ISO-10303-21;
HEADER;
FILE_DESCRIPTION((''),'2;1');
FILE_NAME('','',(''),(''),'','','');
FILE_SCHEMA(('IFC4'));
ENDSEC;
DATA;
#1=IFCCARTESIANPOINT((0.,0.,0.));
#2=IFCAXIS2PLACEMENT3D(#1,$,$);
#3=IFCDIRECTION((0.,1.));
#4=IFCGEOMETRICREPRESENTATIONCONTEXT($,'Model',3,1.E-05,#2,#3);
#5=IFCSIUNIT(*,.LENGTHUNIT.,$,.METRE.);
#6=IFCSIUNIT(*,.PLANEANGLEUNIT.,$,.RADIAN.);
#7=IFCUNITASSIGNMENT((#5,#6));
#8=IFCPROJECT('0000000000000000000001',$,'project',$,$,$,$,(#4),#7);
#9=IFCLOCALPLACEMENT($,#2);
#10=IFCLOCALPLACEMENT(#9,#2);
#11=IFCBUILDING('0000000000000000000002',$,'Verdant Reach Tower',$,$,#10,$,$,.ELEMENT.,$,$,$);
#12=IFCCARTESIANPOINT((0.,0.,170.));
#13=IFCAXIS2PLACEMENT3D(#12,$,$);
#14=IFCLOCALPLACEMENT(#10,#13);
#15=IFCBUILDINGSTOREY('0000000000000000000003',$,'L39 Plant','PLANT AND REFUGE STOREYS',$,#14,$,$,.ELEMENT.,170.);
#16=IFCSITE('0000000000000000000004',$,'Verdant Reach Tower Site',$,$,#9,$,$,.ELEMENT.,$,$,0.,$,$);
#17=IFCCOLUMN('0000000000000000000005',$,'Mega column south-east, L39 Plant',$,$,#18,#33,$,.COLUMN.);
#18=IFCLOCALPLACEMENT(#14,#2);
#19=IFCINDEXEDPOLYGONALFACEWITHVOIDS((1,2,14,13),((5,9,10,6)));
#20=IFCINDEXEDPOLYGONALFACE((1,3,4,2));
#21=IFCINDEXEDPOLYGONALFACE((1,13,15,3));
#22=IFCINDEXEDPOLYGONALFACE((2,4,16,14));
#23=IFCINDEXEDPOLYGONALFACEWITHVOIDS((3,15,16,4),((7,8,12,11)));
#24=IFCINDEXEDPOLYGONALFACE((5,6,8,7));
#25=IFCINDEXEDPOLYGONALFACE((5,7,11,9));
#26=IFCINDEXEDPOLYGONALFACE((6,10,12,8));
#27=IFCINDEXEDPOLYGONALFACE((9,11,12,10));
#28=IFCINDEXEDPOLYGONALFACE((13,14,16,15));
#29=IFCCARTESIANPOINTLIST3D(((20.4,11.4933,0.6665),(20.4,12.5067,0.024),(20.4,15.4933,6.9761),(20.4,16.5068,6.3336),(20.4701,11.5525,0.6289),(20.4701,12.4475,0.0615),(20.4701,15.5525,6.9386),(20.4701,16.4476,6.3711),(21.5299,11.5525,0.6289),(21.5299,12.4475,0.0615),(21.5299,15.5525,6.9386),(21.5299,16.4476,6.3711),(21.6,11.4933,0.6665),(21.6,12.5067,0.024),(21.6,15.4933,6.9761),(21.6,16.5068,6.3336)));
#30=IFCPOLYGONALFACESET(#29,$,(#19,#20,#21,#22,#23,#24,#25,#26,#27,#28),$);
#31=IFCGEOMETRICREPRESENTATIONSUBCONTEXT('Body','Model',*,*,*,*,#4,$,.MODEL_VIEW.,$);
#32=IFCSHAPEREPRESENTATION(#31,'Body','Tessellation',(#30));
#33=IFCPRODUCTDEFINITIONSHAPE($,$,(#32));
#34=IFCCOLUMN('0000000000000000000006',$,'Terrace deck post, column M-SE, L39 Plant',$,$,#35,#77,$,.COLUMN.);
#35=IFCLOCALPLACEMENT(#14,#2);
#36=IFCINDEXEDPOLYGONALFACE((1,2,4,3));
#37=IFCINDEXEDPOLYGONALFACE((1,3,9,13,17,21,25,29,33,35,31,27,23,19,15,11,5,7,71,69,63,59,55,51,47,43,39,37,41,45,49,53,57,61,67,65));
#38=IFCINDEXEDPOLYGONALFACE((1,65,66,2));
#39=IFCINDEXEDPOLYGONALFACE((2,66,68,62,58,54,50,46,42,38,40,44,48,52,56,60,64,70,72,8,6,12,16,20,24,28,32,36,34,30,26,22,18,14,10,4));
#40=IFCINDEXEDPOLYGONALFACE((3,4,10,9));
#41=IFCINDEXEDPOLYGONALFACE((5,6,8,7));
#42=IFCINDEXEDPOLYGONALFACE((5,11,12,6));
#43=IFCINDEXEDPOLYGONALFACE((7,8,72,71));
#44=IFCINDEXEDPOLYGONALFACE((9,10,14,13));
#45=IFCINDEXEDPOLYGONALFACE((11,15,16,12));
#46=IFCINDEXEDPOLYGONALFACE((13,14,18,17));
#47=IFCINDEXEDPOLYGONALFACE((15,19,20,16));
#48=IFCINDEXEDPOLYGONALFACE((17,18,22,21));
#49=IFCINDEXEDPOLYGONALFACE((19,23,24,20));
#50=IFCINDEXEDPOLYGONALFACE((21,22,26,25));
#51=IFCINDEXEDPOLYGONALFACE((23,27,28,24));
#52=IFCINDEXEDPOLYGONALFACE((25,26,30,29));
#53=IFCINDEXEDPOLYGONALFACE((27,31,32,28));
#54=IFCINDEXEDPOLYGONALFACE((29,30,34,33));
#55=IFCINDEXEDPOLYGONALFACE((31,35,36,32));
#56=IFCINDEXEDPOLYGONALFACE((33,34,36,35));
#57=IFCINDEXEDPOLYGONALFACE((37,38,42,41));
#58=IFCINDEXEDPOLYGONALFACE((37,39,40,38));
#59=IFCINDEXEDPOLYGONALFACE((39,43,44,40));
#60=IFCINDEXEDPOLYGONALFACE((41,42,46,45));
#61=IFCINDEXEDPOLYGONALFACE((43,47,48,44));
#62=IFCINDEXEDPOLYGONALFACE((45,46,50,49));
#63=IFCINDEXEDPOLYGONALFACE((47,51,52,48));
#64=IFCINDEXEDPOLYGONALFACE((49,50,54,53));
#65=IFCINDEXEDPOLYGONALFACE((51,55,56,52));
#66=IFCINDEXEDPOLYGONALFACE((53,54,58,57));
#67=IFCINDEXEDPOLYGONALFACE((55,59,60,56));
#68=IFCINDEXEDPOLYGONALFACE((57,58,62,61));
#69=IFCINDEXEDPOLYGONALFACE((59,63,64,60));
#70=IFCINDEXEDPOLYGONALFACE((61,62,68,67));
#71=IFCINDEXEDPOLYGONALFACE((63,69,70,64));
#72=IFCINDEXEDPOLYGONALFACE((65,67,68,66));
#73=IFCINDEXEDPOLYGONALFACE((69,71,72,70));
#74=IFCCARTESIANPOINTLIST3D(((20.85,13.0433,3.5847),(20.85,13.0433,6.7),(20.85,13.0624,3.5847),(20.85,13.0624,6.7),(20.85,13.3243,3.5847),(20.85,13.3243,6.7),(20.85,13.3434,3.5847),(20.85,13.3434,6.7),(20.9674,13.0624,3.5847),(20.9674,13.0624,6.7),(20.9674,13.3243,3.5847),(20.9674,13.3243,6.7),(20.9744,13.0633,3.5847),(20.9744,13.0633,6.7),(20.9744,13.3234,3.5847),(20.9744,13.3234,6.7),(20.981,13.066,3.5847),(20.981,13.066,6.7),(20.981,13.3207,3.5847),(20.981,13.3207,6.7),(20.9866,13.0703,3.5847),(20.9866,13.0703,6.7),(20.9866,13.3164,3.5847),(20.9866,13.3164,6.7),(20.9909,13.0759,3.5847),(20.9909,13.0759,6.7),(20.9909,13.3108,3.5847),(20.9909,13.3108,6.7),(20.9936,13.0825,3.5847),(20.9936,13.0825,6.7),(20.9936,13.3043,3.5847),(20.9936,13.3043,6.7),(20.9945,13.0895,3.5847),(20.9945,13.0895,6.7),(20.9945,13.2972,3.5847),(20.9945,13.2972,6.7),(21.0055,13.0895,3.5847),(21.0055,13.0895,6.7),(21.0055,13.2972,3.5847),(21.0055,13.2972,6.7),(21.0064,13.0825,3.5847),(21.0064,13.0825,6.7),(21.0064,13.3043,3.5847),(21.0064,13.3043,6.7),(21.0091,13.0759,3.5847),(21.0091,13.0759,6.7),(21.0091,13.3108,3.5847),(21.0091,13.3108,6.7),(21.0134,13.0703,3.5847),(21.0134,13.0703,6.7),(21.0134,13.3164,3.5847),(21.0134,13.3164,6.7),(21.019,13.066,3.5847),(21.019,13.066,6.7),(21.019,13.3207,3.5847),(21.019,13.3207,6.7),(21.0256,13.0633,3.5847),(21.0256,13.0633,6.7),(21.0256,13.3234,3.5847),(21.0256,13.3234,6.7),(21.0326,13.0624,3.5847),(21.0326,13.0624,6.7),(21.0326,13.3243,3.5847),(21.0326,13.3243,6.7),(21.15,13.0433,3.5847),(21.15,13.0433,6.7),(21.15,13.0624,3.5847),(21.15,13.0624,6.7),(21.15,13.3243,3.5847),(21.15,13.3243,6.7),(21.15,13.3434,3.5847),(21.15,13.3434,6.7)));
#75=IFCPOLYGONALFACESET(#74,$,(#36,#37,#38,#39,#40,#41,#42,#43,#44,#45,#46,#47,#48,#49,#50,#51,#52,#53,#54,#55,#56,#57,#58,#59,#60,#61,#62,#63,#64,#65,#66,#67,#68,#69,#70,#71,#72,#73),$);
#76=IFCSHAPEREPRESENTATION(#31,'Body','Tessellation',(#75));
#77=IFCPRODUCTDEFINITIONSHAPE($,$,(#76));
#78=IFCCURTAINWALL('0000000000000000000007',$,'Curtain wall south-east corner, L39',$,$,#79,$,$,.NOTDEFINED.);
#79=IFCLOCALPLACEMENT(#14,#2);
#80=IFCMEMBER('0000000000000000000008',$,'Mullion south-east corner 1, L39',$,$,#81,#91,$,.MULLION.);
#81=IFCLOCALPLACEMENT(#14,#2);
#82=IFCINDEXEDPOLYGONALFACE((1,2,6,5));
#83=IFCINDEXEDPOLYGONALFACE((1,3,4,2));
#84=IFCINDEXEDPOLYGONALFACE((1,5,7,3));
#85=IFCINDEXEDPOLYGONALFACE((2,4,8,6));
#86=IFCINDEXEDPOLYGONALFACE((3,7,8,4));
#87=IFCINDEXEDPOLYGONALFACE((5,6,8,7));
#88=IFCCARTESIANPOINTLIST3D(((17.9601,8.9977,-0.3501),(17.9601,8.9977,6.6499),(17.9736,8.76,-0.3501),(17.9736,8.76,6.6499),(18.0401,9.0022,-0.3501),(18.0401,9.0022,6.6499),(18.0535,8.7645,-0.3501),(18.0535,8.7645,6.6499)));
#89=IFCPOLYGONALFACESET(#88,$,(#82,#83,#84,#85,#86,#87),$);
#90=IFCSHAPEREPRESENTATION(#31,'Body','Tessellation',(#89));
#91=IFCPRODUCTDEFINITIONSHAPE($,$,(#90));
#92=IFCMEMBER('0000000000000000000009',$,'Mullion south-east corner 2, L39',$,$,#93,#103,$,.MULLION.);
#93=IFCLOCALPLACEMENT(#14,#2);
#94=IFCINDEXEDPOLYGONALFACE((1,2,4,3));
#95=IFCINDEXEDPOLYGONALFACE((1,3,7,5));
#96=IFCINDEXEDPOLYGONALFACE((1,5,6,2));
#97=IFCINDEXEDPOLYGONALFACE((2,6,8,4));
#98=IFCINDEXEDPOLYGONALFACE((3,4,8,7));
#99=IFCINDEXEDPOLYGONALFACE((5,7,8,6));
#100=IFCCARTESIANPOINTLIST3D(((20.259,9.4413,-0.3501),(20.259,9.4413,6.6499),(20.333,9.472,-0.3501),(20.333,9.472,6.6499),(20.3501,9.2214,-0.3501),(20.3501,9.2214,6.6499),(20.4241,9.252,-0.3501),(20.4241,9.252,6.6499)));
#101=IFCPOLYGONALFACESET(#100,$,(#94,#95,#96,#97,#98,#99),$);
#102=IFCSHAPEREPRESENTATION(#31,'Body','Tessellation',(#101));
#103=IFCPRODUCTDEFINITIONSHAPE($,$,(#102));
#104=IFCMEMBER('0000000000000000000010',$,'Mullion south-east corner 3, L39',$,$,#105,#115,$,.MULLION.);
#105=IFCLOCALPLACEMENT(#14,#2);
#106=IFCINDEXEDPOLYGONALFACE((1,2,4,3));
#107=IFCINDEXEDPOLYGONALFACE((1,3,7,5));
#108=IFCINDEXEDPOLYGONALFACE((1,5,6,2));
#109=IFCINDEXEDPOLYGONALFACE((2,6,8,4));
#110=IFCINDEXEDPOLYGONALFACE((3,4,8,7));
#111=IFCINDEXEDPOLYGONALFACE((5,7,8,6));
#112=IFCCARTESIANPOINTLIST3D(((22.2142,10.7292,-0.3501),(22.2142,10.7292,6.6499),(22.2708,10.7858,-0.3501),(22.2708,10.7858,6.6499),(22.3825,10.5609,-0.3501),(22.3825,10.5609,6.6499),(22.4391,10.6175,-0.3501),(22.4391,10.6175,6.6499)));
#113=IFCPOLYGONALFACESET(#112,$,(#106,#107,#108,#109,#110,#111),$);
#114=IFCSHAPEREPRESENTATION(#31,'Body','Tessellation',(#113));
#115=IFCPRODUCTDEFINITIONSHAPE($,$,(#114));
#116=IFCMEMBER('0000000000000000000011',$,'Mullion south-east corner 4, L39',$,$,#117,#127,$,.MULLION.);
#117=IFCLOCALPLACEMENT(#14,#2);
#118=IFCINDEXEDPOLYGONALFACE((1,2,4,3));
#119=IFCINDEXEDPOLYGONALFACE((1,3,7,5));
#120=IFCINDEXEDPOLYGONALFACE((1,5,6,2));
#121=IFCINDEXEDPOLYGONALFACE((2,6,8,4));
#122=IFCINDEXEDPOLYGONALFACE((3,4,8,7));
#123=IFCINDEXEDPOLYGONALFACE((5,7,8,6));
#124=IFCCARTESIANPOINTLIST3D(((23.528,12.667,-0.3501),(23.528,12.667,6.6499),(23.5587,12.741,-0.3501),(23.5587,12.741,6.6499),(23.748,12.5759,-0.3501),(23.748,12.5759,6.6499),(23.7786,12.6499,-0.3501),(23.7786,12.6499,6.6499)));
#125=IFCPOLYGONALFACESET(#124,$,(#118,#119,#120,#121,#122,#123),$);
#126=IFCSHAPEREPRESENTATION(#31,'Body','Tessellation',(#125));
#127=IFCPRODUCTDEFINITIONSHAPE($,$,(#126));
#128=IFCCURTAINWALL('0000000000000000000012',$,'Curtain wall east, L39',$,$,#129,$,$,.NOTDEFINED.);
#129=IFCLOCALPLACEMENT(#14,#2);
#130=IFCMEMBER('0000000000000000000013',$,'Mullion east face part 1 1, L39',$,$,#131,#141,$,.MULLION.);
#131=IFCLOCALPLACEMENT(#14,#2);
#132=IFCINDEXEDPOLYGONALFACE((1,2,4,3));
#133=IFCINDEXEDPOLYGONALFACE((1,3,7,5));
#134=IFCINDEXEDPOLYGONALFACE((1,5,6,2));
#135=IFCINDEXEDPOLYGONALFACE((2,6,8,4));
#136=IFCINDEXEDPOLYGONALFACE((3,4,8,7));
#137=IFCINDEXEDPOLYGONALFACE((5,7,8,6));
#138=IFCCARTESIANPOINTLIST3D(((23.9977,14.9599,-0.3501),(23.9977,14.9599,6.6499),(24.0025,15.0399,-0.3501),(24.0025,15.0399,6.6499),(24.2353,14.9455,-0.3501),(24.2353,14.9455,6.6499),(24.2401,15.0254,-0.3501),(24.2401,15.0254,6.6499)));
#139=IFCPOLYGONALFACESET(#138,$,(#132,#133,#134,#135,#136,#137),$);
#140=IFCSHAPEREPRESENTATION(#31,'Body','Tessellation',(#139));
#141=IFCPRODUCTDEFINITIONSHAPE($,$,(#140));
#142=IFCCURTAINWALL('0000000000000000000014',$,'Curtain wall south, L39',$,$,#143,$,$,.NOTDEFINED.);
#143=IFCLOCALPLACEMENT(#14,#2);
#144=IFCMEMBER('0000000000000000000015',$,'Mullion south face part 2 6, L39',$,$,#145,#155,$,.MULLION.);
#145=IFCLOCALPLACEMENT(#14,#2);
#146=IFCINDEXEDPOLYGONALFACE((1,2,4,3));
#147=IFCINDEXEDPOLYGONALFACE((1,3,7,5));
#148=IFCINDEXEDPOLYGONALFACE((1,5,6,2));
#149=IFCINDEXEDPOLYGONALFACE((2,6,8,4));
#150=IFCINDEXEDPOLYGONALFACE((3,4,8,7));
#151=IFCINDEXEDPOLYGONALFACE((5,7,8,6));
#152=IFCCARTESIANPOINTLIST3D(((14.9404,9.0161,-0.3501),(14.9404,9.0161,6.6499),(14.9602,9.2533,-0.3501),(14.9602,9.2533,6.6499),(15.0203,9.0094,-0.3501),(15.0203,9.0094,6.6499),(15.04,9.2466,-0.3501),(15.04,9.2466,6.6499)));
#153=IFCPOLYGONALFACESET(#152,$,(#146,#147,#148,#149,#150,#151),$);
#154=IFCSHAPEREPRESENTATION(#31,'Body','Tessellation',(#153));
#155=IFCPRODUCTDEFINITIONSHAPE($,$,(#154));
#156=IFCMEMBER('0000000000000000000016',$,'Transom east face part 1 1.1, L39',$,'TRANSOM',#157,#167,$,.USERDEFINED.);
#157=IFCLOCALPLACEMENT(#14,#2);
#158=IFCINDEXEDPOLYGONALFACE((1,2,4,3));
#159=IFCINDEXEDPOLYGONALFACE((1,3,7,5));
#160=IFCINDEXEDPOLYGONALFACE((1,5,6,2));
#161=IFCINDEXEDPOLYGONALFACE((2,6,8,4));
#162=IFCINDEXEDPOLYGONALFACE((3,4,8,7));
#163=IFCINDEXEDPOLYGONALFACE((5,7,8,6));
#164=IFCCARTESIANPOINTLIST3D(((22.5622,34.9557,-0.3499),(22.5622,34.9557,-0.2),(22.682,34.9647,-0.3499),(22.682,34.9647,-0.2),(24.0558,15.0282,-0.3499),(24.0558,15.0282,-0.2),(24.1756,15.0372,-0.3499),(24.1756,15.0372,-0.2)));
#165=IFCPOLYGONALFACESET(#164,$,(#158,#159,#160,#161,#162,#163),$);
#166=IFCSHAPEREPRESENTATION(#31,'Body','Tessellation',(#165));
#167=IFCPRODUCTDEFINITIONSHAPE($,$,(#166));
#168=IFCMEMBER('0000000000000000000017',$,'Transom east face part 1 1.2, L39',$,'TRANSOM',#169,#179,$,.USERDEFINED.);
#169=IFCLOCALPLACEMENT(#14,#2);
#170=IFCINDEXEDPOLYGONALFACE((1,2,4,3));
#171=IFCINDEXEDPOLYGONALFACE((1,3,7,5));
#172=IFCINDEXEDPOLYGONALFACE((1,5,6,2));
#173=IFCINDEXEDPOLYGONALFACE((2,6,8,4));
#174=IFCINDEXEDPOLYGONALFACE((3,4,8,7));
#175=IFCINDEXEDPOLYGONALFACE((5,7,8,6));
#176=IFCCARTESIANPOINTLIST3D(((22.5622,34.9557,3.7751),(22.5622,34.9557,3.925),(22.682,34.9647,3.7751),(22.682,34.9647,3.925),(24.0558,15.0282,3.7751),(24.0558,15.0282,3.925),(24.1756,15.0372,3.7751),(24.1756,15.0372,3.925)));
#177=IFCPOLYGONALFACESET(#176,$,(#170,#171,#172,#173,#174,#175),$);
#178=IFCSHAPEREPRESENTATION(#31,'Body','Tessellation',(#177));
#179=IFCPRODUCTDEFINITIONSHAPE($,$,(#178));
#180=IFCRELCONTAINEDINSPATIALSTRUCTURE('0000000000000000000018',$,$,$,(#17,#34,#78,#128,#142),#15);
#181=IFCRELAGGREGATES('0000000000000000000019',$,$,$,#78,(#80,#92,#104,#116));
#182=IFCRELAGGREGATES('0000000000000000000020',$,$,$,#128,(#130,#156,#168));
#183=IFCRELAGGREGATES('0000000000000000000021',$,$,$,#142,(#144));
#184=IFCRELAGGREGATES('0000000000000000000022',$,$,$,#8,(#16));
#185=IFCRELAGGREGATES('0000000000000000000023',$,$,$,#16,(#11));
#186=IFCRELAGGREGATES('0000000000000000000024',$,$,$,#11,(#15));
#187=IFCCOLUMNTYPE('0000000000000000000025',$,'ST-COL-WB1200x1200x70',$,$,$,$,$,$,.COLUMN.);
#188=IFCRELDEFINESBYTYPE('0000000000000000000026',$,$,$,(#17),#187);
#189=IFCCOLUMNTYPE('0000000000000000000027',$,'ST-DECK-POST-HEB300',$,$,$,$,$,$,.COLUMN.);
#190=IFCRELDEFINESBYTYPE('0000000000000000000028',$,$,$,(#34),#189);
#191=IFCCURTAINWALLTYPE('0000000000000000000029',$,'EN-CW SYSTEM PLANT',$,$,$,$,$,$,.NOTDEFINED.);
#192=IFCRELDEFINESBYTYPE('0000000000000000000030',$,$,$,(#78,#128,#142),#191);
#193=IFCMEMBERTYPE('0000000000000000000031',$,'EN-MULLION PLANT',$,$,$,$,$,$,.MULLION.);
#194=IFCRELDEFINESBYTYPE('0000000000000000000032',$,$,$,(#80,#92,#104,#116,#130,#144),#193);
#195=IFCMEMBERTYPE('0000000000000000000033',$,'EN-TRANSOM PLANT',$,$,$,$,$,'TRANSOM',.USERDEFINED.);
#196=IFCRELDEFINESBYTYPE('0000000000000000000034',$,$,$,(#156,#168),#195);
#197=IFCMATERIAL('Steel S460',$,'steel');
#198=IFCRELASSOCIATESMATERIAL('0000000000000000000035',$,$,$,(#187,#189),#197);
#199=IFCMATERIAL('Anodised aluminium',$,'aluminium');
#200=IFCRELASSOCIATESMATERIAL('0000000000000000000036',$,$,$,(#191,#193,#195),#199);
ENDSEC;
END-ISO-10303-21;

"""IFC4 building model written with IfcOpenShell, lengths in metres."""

from ifc_helpers import new_model, si_unit, direction, frame, origin, origin_2d, place, context, subcontext, project, spatial, rectangle, hollow_rectangle, i_section, extrude, material, material_profile, profile_set, type_object, element, aggregate, save


model = new_model("IFC4")

# Units and contexts
model_context = context("Model", 3, precision=1e-05, world=origin(), true_north=direction((0.0, 1.0)))
body_context = subcontext(model_context, "Body", "Model", "MODEL_VIEW")
ifc_project = project(units=[si_unit("LENGTHUNIT", "METRE"), si_unit("PLANEANGLEUNIT", "RADIAN")], contexts=[model_context])

# Site, building, storey
site_placement = place(None, origin())
site = spatial("IfcSite", under=ifc_project, at=site_placement, Name="Verdant Reach Tower Site", CompositionType="ELEMENT", RefElevation=0.0)
building_placement = place(site_placement, origin())
building = spatial("IfcBuilding", under=site, at=building_placement, Name="Verdant Reach Tower", CompositionType="ELEMENT")
storey_placement = place(building_placement, frame((0.0, 0.0, 170.0)))
storey = spatial("IfcBuildingStorey", under=building, at=storey_placement, Name="L39 Plant", Description="PLANT AND REFUGE STOREYS", CompositionType="ELEMENT", Elevation=170.0)

# Columns
ifc_material_1 = material(Name="Steel S460", Category="steel")
ifc_material_profile_1 = material_profile(ifc_material_1, hollow_rectangle(XDim=1.2, YDim=1.2, WallThickness=0.0701, at=origin_2d()), Name="WB 1200x1200x70")
ifc_profile_set_1 = profile_set([ifc_material_profile_1], Name="Steel S460")
column_type_1 = type_object("IfcColumnType", Name="ST-COL-WB1200x1200x70", PredefinedType="COLUMN", material=ifc_profile_set_1)
column_1_placement = place(storey_placement, frame((21.0, 12.0, 0.3452), z_axis=(0.0, 0.535428, 0.844581), x_axis=(-1.0, 0.0, 0.0)))
element("IfcColumn", 1, at=column_1_placement, inside=storey, type_object=column_type_1, Name="Mega column south-east, L39 Plant", PredefinedType="COLUMN", context=body_context, shape_type="SweptSolid", body=[
    extrude(hollow_rectangle(XDim=1.2, YDim=1.2, WallThickness=0.0701, at=origin_2d()), origin(), (0.0, 0.0, 1.0), 7.4707),
])
ifc_material_profile_2 = material_profile(ifc_material_1, i_section(OverallWidth=0.3, OverallDepth=0.3, WebThickness=0.011, FlangeThickness=0.019, FilletRadius=0.0271, at=origin_2d()), Name="HEB 300")
ifc_profile_set_2 = profile_set([ifc_material_profile_2], Name="Steel S460")
column_type_2 = type_object("IfcColumnType", Name="ST-DECK-POST-HEB300", PredefinedType="COLUMN", material=ifc_profile_set_2)
column_2_placement = place(storey_placement, frame((21.0, 13.1934, 3.5847), z_axis=(0.0, 0.0, 1.0), x_axis=(1.0, 0.0, 0.0)))
element("IfcColumn", 2, at=column_2_placement, inside=storey, type_object=column_type_2, Name="Terrace deck post, column M-SE, L39 Plant", PredefinedType="COLUMN", context=body_context, shape_type="SweptSolid", body=[
    extrude(i_section(OverallWidth=0.3, OverallDepth=0.3, WebThickness=0.011, FlangeThickness=0.019, FilletRadius=0.0271, at=origin_2d()), origin(), (0.0, 0.0, 1.0), 3.1152),
])

# Curtain wall, members
ifc_material_2 = material(Name="Anodised aluminium", Category="aluminium")
curtain_wall_type = type_object("IfcCurtainWallType", Name="EN-CW SYSTEM PLANT", PredefinedType="NOTDEFINED", material=ifc_material_2)
curtain_wall_1_placement = place(storey_placement, origin())
curtain_wall_1 = element("IfcCurtainWall", 3, at=curtain_wall_1_placement, inside=storey, type_object=curtain_wall_type, Name="Curtain wall south-east corner, L39", PredefinedType="NOTDEFINED")
ifc_material_profile_3 = material_profile(ifc_material_2, rectangle(XDim=0.238, YDim=0.0801, at=origin_2d()), Name="Mullion 80x240")
ifc_profile_set_3 = profile_set([ifc_material_profile_3], Name="Anodised aluminium")
member_type_1 = type_object("IfcMemberType", Name="EN-MULLION PLANT", PredefinedType="MULLION", material=ifc_profile_set_3)
member_1_placement = place(storey_placement, frame((18.0068, 8.8811, -0.3501), z_axis=(0.0, 0.0, 1.0), x_axis=(0.056569, -0.998399, 0.0)))
member_1 = element("IfcMember", 4, at=member_1_placement, type_object=member_type_1, Name="Mullion south-east corner 1, L39", PredefinedType="MULLION", context=body_context, shape_type="SweptSolid", body=[
    extrude(rectangle(XDim=0.238, YDim=0.0801, at=origin_2d()), origin(), (0.0, 0.0, 1.0), 7.0),
])
member_2_placement = place(storey_placement, frame((20.3416, 9.3467, -0.3501), z_axis=(0.0, 0.0, 1.0), x_axis=(0.382694, -0.923875, 0.0)))
member_2 = element("IfcMember", 5, at=member_2_placement, type_object=member_type_1, Name="Mullion south-east corner 2, L39", PredefinedType="MULLION", context=body_context, shape_type="SweptSolid", body=[
    extrude(rectangle(XDim=0.238, YDim=0.0801, at=origin_2d()), origin(), (0.0, 0.0, 1.0), 7.0),
])
member_3_placement = place(storey_placement, frame((22.3267, 10.6733, -0.3501), z_axis=(0.0, 0.0, 1.0), x_axis=(0.707107, -0.707107, 0.0)))
member_3 = element("IfcMember", 6, at=member_3_placement, type_object=member_type_1, Name="Mullion south-east corner 3, L39", PredefinedType="MULLION", context=body_context, shape_type="SweptSolid", body=[
    extrude(rectangle(XDim=0.238, YDim=0.0801, at=origin_2d()), origin(), (0.0, 0.0, 1.0), 7.0),
])
member_4_placement = place(storey_placement, frame((23.6533, 12.6584, -0.3501), z_axis=(0.0, 0.0, 1.0), x_axis=(0.923875, -0.382694, 0.0)))
member_4 = element("IfcMember", 7, at=member_4_placement, type_object=member_type_1, Name="Mullion south-east corner 4, L39", PredefinedType="MULLION", context=body_context, shape_type="SweptSolid", body=[
    extrude(rectangle(XDim=0.238, YDim=0.0801, at=origin_2d()), origin(), (0.0, 0.0, 1.0), 7.0),
])

# Curtain walls, members
curtain_wall_2_placement = place(storey_placement, origin())
curtain_wall_2 = element("IfcCurtainWall", 8, at=curtain_wall_2_placement, inside=storey, type_object=curtain_wall_type, Name="Curtain wall east, L39", PredefinedType="NOTDEFINED")
member_5_placement = place(storey_placement, frame((24.1189, 14.9927, -0.3501), z_axis=(0.0, 0.0, 1.0), x_axis=(0.998156, -0.060703, 0.0)))
member_5 = element("IfcMember", 9, at=member_5_placement, type_object=member_type_1, Name="Mullion east face part 1 1, L39", PredefinedType="MULLION", context=body_context, shape_type="SweptSolid", body=[
    extrude(rectangle(XDim=0.238, YDim=0.0801, at=origin_2d()), origin(), (0.0, 0.0, 1.0), 7.0),
])
curtain_wall_3_placement = place(storey_placement, origin())
curtain_wall_3 = element("IfcCurtainWall", 10, at=curtain_wall_3_placement, inside=storey, type_object=curtain_wall_type, Name="Curtain wall south, L39", PredefinedType="NOTDEFINED")
member_6_placement = place(storey_placement, frame((14.9902, 9.1313, -0.3501), z_axis=(0.0, 0.0, 1.0), x_axis=(-0.083045, -0.996546, 0.0)))
member_6 = element("IfcMember", 11, at=member_6_placement, type_object=member_type_1, Name="Mullion south face part 2 6, L39", PredefinedType="MULLION", context=body_context, shape_type="SweptSolid", body=[
    extrude(rectangle(XDim=0.238, YDim=0.0801, at=origin_2d()), origin(), (0.0, 0.0, 1.0), 7.0),
])

# Members
ifc_material_profile_4 = material_profile(ifc_material_2, rectangle(XDim=0.1201, YDim=0.1499, at=origin_2d()), Name="Transom 150x120")
ifc_profile_set_4 = profile_set([ifc_material_profile_4], Name="Anodised aluminium")
member_type_2 = type_object("IfcMemberType", Name="EN-TRANSOM PLANT", ElementType="TRANSOM", PredefinedType="USERDEFINED", material=ifc_profile_set_4)
member_7_placement = place(storey_placement, frame((24.1157, 15.0327, -0.2749), z_axis=(-0.074745, 0.997203, 0.0), x_axis=(-0.997203, -0.074745, 0.0)))
member_7 = element("IfcMember", 12, at=member_7_placement, type_object=member_type_2, Name="Transom east face part 1 1.1, L39", ObjectType="TRANSOM", PredefinedType="USERDEFINED", context=body_context, shape_type="SweptSolid", body=[
    extrude(rectangle(XDim=0.1201, YDim=0.1499, at=origin_2d()), origin(), (0.0, 0.0, 1.0), 19.9834),
])
member_8_placement = place(storey_placement, frame((24.1157, 15.0327, 3.8501), z_axis=(-0.074745, 0.997203, 0.0), x_axis=(-0.997203, -0.074745, 0.0)))
member_8 = element("IfcMember", 13, at=member_8_placement, type_object=member_type_2, Name="Transom east face part 1 1.2, L39", ObjectType="TRANSOM", PredefinedType="USERDEFINED", context=body_context, shape_type="SweptSolid", body=[
    extrude(rectangle(XDim=0.1201, YDim=0.1499, at=origin_2d()), origin(), (0.0, 0.0, 1.0), 19.9834),
])

aggregate(curtain_wall_1, [member_1, member_2, member_3, member_4])
aggregate(curtain_wall_2, [member_5, member_7, member_8])
aggregate(curtain_wall_3, [member_6])

save(model, "model.ifc")
